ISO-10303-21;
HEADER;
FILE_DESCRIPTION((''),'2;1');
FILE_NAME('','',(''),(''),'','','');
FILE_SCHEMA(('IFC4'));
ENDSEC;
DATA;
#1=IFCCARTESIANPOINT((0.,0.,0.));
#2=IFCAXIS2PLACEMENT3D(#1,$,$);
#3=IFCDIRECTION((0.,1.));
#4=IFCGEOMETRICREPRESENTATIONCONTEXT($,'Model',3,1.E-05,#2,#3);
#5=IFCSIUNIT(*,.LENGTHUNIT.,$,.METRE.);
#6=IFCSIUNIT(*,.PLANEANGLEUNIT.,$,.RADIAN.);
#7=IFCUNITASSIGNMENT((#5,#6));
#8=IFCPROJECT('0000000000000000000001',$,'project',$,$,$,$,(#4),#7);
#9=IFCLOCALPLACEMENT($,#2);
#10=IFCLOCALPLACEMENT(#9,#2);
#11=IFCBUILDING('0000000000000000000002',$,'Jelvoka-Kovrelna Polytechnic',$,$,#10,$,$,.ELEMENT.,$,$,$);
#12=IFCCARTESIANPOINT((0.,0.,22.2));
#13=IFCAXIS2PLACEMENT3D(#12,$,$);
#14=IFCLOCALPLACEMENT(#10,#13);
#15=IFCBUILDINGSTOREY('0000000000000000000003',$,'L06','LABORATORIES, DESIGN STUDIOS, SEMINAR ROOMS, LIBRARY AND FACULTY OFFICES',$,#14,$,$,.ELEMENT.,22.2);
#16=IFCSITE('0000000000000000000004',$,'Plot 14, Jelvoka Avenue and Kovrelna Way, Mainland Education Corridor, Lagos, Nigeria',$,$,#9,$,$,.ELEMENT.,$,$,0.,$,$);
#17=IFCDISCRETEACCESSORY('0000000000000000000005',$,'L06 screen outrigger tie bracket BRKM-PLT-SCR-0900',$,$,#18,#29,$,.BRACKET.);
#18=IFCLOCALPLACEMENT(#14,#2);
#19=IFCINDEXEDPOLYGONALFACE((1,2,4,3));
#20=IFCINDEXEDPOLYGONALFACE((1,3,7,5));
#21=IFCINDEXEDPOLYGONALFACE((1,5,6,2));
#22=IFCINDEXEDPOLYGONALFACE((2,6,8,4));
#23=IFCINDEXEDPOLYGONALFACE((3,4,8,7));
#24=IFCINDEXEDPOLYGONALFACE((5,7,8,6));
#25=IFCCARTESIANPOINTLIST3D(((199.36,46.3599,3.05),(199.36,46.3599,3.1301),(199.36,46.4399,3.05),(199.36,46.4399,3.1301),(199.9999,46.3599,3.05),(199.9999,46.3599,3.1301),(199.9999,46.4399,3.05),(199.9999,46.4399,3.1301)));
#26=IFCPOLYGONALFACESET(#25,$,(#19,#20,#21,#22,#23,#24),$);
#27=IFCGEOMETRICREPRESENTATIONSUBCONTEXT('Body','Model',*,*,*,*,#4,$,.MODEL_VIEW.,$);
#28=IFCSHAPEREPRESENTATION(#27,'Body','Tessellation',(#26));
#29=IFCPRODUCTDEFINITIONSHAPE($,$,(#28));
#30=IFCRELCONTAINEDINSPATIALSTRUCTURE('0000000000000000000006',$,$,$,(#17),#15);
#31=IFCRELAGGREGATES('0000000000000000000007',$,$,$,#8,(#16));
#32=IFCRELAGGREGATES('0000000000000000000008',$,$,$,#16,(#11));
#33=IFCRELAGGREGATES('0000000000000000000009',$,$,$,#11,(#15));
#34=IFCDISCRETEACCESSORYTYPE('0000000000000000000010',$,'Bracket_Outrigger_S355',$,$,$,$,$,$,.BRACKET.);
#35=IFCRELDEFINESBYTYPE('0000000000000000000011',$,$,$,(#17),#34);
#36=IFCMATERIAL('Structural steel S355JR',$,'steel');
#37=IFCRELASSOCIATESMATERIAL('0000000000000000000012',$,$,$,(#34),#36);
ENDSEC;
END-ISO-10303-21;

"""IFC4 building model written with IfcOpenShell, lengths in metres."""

from ifc_helpers import new_model, si_unit, direction, frame, origin, origin_2d, place, context, subcontext, project, spatial, rectangle, extrude, material, type_object, element, save


model = new_model("IFC4")

# Units and contexts
model_context = context("Model", 3, precision=1e-05, world=origin(), true_north=direction((0.0, 1.0)))
body_context = subcontext(model_context, "Body", "Model", "MODEL_VIEW")
ifc_project = project(units=[si_unit("LENGTHUNIT", "METRE"), si_unit("PLANEANGLEUNIT", "RADIAN")], contexts=[model_context])

# Site, building, storey
site_placement = place(None, origin())
site = spatial("IfcSite", under=ifc_project, at=site_placement, Name="Plot 14, Jelvoka Avenue and Kovrelna Way, Mainland Education Corridor, Lagos, Nigeria", CompositionType="ELEMENT", RefElevation=0.0)
building_placement = place(site_placement, origin())
building = spatial("IfcBuilding", under=site, at=building_placement, Name="Jelvoka-Kovrelna Polytechnic", CompositionType="ELEMENT")
storey_placement = place(building_placement, frame((0.0, 0.0, 22.2)))
storey = spatial("IfcBuildingStorey", under=building, at=storey_placement, Name="L06", Description="LABORATORIES, DESIGN STUDIOS, SEMINAR ROOMS, LIBRARY AND FACULTY OFFICES", CompositionType="ELEMENT", Elevation=22.2)

# Discrete accessory
ifc_material_1 = material(Name="Structural steel S355JR", Category="steel")
discrete_accessory_type = type_object("IfcDiscreteAccessoryType", Name="Bracket_Outrigger_S355", PredefinedType="BRACKET", material=ifc_material_1)
for number, where, z_axis, x_axis, name in (
    (1, (199.6799, 46.3999, 3.05), (0.0, 0.0, 1.0), (1.0, 0.0, 0.0), "L06 screen outrigger tie bracket BRKM-PLT-SCR-0900"),
):
    element("IfcDiscreteAccessory", number, at=place(storey_placement, frame(where, z_axis=z_axis, x_axis=x_axis)), inside=storey, type_object=discrete_accessory_type, Name=name, PredefinedType="BRACKET", context=body_context, shape_type="SweptSolid", body=[
        extrude(rectangle(XDim=0.6399, YDim=0.0801, at=origin_2d()), origin(), (0.0, 0.0, 1.0), 0.0801),
    ])

save(model, "model.ifc")
